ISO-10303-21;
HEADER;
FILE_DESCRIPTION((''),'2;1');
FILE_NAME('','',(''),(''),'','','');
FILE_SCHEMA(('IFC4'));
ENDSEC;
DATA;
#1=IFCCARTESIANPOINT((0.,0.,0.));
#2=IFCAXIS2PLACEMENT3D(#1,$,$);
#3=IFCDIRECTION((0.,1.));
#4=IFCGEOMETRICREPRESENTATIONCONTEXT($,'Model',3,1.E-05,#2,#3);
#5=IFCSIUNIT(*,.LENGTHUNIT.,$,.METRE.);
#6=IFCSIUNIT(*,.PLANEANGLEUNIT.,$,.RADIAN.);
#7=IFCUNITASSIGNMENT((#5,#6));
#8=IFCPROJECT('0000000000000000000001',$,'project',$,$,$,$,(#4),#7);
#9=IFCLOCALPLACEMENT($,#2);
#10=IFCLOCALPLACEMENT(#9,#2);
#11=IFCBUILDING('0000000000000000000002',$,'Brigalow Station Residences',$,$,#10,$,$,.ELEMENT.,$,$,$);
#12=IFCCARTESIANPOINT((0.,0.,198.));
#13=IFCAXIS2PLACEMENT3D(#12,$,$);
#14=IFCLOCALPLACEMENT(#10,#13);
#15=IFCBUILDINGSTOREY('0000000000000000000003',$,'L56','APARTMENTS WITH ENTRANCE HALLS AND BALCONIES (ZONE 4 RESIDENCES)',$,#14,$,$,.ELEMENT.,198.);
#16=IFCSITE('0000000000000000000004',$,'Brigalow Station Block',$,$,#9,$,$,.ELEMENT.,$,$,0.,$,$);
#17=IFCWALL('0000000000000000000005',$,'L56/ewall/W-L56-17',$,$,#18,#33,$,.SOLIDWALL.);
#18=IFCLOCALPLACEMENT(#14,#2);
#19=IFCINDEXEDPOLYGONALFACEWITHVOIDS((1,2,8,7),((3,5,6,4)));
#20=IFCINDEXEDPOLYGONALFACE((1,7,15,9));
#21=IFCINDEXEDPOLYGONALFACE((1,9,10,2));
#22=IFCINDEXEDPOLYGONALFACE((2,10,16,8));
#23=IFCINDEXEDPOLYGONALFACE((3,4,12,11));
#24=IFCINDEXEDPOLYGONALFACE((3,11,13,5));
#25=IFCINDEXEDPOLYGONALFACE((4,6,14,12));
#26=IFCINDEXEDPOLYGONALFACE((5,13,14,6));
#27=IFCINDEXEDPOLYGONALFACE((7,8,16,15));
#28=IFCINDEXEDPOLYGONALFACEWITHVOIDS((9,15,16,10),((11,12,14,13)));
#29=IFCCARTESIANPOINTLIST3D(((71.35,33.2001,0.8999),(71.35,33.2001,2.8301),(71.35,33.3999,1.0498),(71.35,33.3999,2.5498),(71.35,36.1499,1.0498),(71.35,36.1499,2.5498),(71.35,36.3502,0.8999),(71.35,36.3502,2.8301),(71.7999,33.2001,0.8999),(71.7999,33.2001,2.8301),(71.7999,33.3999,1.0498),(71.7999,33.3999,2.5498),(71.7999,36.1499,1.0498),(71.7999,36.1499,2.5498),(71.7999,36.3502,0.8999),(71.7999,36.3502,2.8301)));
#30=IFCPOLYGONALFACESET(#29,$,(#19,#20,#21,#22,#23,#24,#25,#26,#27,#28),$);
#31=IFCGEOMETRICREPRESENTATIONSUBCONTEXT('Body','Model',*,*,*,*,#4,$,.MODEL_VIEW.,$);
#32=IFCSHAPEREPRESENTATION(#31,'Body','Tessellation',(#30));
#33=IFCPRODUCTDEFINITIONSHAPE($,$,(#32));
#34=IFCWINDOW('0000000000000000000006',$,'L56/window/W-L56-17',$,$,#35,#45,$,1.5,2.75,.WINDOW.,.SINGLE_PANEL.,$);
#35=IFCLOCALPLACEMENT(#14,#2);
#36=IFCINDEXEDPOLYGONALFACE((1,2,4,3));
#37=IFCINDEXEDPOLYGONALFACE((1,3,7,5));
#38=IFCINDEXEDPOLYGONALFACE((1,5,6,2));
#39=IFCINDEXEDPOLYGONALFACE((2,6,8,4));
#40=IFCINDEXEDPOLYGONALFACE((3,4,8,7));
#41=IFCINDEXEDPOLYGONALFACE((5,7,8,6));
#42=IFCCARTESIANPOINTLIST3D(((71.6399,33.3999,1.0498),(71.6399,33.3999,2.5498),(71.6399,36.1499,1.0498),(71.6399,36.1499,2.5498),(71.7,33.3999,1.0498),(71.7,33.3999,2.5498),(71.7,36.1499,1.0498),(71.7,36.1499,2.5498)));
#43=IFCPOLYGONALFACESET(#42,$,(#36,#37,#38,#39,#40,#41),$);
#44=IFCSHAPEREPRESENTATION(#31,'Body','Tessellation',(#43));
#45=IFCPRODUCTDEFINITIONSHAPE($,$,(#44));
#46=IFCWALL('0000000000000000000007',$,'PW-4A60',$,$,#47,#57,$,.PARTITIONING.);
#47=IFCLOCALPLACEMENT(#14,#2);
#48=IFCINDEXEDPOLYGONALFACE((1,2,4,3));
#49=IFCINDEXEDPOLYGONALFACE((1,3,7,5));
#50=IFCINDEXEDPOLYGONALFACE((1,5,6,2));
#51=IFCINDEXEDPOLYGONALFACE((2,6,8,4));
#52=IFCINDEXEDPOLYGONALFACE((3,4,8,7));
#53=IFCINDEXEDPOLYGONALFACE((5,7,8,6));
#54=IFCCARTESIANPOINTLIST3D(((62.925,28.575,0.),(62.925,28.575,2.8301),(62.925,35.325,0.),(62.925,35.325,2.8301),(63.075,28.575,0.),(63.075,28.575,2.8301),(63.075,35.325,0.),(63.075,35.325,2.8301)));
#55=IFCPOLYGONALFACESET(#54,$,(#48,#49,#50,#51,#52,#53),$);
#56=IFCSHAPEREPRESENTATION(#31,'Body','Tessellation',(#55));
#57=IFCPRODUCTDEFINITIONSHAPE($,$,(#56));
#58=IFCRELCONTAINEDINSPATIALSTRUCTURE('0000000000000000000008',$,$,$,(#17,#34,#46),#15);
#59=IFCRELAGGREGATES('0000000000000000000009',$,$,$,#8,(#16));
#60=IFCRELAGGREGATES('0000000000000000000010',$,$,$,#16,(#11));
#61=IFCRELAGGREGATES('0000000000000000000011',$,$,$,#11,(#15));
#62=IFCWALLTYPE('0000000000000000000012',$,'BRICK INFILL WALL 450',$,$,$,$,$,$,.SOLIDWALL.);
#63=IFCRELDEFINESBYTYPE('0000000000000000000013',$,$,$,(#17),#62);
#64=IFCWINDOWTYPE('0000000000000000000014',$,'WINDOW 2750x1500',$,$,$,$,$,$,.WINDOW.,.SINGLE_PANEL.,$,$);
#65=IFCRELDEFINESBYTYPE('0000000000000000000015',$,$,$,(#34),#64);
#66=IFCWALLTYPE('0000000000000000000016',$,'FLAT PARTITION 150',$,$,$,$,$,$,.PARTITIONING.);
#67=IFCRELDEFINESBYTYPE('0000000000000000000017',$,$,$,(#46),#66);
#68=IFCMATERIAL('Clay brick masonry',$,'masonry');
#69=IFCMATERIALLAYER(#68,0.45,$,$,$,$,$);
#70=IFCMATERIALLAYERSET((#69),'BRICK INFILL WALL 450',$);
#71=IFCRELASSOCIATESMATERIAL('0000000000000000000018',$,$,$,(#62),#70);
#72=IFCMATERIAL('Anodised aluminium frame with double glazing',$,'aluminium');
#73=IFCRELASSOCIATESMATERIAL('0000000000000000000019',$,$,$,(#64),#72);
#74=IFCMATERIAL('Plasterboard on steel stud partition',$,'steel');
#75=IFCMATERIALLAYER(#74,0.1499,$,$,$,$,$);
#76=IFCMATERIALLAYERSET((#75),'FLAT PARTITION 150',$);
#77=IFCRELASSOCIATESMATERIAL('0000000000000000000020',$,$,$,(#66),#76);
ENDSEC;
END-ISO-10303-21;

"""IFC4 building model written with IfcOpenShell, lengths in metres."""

from ifc_helpers import new_model, si_unit, direction, frame, frame_2d, origin, place, context, subcontext, project, spatial, rectangle, extrude, material, layer, layer_set, type_object, element, fill, save


model = new_model("IFC4")

# Units and contexts
model_context = context("Model", 3, precision=1e-05, world=origin(), true_north=direction((0.0, 1.0)))
body_context = subcontext(model_context, "Body", "Model", "MODEL_VIEW")
ifc_project = project(units=[si_unit("LENGTHUNIT", "METRE"), si_unit("PLANEANGLEUNIT", "RADIAN")], contexts=[model_context])

# Site, building, storey
site_placement = place(None, origin())
site = spatial("IfcSite", under=ifc_project, at=site_placement, Name="Brigalow Station Block", CompositionType="ELEMENT", RefElevation=0.0)
building_placement = place(site_placement, origin())
building = spatial("IfcBuilding", under=site, at=building_placement, Name="Brigalow Station Residences", CompositionType="ELEMENT")
storey_placement = place(building_placement, frame((0.0, 0.0, 198.0)))
storey = spatial("IfcBuildingStorey", under=building, at=storey_placement, Name="L56", Description="APARTMENTS WITH ENTRANCE HALLS AND BALCONIES (ZONE 4 RESIDENCES)", CompositionType="ELEMENT", Elevation=198.0)

# Shared definitions
ifc_material_1 = material(Name="Clay brick masonry", Category="masonry")
ifc_layer_1 = layer(ifc_material_1, 0.45)
ifc_layer_set_1 = layer_set([ifc_layer_1], Name="BRICK INFILL WALL 450")
wall_type_1 = type_object("IfcWallType", Name="BRICK INFILL WALL 450", PredefinedType="SOLIDWALL", material=ifc_layer_set_1)

# Wall, opening, window
wall_1_placement = place(storey_placement, frame((71.575, 33.2, 0.8999), z_axis=(0.0, 0.0, 1.0), x_axis=(0.0, 1.0, 0.0)))
wall_1 = element("IfcWall", 1, at=wall_1_placement, inside=storey, type_object=wall_type_1, Name="L56/ewall/W-L56-17", PredefinedType="SOLIDWALL", context=body_context, shape_type="SweptSolid", body=[
    extrude(rectangle(XDim=3.1501, YDim=0.45, at=frame_2d((1.5752, 0.0))), origin(), (0.0, 0.0, 1.0), 1.9302),
])
opening_1_placement = place(wall_1_placement, frame((0.2, 0.0, 0.1499)))
opening_1 = element("IfcOpeningElement", 2, at=opening_1_placement, cuts=wall_1, PredefinedType="OPENING", context=body_context, shape_type="SweptSolid", body=[
    extrude(rectangle(XDim=2.75, YDim=1.5, at=frame_2d((1.375, 0.75))), frame((0.0, 0.2349, 0.0), z_axis=(0.0, -1.0, 0.0), x_axis=(1.0, 0.0, 0.0)), (0.0, 0.0, 1.0), 0.47),
])
ifc_material_2 = material(Name="Anodised aluminium frame with double glazing", Category="aluminium")
window_type_1 = type_object("IfcWindowType", Name="WINDOW 2750x1500", PartitioningType="SINGLE_PANEL", PredefinedType="WINDOW", material=ifc_material_2)
window_1_placement = place(opening_1_placement, origin())
window_1 = element("IfcWindow", 3, at=window_1_placement, inside=storey, type_object=window_type_1, Name="L56/window/W-L56-17", OverallHeight=1.5, OverallWidth=2.75, PartitioningType="SINGLE_PANEL", PredefinedType="WINDOW", context=body_context, shape_type="SweptSolid", body=[
    extrude(rectangle(XDim=2.75, YDim=1.5, at=frame_2d((1.375, 0.75))), frame((0.0, -0.0649, 0.0), z_axis=(0.0, -1.0, 0.0), x_axis=(1.0, 0.0, 0.0)), (0.0, 0.0, 1.0), 0.0601),
])
fill(opening_1, window_1)

# Wall
ifc_material_3 = material(Name="Plasterboard on steel stud partition", Category="steel")
ifc_layer_2 = layer(ifc_material_3, 0.1499)
ifc_layer_set_2 = layer_set([ifc_layer_2], Name="FLAT PARTITION 150")
wall_type_2 = type_object("IfcWallType", Name="FLAT PARTITION 150", PredefinedType="PARTITIONING", material=ifc_layer_set_2)
wall_2_placement = place(storey_placement, frame((63.0, 28.575, 0.0), z_axis=(0.0, 0.0, 1.0), x_axis=(0.0, 1.0, 0.0)))
element("IfcWall", 4, at=wall_2_placement, inside=storey, type_object=wall_type_2, Name="PW-4A60", PredefinedType="PARTITIONING", context=body_context, shape_type="SweptSolid", body=[
    extrude(rectangle(XDim=6.75, YDim=0.1499, at=frame_2d((3.375, 0.0))), origin(), (0.0, 0.0, 1.0), 2.8301),
])

save(model, "model.ifc")
